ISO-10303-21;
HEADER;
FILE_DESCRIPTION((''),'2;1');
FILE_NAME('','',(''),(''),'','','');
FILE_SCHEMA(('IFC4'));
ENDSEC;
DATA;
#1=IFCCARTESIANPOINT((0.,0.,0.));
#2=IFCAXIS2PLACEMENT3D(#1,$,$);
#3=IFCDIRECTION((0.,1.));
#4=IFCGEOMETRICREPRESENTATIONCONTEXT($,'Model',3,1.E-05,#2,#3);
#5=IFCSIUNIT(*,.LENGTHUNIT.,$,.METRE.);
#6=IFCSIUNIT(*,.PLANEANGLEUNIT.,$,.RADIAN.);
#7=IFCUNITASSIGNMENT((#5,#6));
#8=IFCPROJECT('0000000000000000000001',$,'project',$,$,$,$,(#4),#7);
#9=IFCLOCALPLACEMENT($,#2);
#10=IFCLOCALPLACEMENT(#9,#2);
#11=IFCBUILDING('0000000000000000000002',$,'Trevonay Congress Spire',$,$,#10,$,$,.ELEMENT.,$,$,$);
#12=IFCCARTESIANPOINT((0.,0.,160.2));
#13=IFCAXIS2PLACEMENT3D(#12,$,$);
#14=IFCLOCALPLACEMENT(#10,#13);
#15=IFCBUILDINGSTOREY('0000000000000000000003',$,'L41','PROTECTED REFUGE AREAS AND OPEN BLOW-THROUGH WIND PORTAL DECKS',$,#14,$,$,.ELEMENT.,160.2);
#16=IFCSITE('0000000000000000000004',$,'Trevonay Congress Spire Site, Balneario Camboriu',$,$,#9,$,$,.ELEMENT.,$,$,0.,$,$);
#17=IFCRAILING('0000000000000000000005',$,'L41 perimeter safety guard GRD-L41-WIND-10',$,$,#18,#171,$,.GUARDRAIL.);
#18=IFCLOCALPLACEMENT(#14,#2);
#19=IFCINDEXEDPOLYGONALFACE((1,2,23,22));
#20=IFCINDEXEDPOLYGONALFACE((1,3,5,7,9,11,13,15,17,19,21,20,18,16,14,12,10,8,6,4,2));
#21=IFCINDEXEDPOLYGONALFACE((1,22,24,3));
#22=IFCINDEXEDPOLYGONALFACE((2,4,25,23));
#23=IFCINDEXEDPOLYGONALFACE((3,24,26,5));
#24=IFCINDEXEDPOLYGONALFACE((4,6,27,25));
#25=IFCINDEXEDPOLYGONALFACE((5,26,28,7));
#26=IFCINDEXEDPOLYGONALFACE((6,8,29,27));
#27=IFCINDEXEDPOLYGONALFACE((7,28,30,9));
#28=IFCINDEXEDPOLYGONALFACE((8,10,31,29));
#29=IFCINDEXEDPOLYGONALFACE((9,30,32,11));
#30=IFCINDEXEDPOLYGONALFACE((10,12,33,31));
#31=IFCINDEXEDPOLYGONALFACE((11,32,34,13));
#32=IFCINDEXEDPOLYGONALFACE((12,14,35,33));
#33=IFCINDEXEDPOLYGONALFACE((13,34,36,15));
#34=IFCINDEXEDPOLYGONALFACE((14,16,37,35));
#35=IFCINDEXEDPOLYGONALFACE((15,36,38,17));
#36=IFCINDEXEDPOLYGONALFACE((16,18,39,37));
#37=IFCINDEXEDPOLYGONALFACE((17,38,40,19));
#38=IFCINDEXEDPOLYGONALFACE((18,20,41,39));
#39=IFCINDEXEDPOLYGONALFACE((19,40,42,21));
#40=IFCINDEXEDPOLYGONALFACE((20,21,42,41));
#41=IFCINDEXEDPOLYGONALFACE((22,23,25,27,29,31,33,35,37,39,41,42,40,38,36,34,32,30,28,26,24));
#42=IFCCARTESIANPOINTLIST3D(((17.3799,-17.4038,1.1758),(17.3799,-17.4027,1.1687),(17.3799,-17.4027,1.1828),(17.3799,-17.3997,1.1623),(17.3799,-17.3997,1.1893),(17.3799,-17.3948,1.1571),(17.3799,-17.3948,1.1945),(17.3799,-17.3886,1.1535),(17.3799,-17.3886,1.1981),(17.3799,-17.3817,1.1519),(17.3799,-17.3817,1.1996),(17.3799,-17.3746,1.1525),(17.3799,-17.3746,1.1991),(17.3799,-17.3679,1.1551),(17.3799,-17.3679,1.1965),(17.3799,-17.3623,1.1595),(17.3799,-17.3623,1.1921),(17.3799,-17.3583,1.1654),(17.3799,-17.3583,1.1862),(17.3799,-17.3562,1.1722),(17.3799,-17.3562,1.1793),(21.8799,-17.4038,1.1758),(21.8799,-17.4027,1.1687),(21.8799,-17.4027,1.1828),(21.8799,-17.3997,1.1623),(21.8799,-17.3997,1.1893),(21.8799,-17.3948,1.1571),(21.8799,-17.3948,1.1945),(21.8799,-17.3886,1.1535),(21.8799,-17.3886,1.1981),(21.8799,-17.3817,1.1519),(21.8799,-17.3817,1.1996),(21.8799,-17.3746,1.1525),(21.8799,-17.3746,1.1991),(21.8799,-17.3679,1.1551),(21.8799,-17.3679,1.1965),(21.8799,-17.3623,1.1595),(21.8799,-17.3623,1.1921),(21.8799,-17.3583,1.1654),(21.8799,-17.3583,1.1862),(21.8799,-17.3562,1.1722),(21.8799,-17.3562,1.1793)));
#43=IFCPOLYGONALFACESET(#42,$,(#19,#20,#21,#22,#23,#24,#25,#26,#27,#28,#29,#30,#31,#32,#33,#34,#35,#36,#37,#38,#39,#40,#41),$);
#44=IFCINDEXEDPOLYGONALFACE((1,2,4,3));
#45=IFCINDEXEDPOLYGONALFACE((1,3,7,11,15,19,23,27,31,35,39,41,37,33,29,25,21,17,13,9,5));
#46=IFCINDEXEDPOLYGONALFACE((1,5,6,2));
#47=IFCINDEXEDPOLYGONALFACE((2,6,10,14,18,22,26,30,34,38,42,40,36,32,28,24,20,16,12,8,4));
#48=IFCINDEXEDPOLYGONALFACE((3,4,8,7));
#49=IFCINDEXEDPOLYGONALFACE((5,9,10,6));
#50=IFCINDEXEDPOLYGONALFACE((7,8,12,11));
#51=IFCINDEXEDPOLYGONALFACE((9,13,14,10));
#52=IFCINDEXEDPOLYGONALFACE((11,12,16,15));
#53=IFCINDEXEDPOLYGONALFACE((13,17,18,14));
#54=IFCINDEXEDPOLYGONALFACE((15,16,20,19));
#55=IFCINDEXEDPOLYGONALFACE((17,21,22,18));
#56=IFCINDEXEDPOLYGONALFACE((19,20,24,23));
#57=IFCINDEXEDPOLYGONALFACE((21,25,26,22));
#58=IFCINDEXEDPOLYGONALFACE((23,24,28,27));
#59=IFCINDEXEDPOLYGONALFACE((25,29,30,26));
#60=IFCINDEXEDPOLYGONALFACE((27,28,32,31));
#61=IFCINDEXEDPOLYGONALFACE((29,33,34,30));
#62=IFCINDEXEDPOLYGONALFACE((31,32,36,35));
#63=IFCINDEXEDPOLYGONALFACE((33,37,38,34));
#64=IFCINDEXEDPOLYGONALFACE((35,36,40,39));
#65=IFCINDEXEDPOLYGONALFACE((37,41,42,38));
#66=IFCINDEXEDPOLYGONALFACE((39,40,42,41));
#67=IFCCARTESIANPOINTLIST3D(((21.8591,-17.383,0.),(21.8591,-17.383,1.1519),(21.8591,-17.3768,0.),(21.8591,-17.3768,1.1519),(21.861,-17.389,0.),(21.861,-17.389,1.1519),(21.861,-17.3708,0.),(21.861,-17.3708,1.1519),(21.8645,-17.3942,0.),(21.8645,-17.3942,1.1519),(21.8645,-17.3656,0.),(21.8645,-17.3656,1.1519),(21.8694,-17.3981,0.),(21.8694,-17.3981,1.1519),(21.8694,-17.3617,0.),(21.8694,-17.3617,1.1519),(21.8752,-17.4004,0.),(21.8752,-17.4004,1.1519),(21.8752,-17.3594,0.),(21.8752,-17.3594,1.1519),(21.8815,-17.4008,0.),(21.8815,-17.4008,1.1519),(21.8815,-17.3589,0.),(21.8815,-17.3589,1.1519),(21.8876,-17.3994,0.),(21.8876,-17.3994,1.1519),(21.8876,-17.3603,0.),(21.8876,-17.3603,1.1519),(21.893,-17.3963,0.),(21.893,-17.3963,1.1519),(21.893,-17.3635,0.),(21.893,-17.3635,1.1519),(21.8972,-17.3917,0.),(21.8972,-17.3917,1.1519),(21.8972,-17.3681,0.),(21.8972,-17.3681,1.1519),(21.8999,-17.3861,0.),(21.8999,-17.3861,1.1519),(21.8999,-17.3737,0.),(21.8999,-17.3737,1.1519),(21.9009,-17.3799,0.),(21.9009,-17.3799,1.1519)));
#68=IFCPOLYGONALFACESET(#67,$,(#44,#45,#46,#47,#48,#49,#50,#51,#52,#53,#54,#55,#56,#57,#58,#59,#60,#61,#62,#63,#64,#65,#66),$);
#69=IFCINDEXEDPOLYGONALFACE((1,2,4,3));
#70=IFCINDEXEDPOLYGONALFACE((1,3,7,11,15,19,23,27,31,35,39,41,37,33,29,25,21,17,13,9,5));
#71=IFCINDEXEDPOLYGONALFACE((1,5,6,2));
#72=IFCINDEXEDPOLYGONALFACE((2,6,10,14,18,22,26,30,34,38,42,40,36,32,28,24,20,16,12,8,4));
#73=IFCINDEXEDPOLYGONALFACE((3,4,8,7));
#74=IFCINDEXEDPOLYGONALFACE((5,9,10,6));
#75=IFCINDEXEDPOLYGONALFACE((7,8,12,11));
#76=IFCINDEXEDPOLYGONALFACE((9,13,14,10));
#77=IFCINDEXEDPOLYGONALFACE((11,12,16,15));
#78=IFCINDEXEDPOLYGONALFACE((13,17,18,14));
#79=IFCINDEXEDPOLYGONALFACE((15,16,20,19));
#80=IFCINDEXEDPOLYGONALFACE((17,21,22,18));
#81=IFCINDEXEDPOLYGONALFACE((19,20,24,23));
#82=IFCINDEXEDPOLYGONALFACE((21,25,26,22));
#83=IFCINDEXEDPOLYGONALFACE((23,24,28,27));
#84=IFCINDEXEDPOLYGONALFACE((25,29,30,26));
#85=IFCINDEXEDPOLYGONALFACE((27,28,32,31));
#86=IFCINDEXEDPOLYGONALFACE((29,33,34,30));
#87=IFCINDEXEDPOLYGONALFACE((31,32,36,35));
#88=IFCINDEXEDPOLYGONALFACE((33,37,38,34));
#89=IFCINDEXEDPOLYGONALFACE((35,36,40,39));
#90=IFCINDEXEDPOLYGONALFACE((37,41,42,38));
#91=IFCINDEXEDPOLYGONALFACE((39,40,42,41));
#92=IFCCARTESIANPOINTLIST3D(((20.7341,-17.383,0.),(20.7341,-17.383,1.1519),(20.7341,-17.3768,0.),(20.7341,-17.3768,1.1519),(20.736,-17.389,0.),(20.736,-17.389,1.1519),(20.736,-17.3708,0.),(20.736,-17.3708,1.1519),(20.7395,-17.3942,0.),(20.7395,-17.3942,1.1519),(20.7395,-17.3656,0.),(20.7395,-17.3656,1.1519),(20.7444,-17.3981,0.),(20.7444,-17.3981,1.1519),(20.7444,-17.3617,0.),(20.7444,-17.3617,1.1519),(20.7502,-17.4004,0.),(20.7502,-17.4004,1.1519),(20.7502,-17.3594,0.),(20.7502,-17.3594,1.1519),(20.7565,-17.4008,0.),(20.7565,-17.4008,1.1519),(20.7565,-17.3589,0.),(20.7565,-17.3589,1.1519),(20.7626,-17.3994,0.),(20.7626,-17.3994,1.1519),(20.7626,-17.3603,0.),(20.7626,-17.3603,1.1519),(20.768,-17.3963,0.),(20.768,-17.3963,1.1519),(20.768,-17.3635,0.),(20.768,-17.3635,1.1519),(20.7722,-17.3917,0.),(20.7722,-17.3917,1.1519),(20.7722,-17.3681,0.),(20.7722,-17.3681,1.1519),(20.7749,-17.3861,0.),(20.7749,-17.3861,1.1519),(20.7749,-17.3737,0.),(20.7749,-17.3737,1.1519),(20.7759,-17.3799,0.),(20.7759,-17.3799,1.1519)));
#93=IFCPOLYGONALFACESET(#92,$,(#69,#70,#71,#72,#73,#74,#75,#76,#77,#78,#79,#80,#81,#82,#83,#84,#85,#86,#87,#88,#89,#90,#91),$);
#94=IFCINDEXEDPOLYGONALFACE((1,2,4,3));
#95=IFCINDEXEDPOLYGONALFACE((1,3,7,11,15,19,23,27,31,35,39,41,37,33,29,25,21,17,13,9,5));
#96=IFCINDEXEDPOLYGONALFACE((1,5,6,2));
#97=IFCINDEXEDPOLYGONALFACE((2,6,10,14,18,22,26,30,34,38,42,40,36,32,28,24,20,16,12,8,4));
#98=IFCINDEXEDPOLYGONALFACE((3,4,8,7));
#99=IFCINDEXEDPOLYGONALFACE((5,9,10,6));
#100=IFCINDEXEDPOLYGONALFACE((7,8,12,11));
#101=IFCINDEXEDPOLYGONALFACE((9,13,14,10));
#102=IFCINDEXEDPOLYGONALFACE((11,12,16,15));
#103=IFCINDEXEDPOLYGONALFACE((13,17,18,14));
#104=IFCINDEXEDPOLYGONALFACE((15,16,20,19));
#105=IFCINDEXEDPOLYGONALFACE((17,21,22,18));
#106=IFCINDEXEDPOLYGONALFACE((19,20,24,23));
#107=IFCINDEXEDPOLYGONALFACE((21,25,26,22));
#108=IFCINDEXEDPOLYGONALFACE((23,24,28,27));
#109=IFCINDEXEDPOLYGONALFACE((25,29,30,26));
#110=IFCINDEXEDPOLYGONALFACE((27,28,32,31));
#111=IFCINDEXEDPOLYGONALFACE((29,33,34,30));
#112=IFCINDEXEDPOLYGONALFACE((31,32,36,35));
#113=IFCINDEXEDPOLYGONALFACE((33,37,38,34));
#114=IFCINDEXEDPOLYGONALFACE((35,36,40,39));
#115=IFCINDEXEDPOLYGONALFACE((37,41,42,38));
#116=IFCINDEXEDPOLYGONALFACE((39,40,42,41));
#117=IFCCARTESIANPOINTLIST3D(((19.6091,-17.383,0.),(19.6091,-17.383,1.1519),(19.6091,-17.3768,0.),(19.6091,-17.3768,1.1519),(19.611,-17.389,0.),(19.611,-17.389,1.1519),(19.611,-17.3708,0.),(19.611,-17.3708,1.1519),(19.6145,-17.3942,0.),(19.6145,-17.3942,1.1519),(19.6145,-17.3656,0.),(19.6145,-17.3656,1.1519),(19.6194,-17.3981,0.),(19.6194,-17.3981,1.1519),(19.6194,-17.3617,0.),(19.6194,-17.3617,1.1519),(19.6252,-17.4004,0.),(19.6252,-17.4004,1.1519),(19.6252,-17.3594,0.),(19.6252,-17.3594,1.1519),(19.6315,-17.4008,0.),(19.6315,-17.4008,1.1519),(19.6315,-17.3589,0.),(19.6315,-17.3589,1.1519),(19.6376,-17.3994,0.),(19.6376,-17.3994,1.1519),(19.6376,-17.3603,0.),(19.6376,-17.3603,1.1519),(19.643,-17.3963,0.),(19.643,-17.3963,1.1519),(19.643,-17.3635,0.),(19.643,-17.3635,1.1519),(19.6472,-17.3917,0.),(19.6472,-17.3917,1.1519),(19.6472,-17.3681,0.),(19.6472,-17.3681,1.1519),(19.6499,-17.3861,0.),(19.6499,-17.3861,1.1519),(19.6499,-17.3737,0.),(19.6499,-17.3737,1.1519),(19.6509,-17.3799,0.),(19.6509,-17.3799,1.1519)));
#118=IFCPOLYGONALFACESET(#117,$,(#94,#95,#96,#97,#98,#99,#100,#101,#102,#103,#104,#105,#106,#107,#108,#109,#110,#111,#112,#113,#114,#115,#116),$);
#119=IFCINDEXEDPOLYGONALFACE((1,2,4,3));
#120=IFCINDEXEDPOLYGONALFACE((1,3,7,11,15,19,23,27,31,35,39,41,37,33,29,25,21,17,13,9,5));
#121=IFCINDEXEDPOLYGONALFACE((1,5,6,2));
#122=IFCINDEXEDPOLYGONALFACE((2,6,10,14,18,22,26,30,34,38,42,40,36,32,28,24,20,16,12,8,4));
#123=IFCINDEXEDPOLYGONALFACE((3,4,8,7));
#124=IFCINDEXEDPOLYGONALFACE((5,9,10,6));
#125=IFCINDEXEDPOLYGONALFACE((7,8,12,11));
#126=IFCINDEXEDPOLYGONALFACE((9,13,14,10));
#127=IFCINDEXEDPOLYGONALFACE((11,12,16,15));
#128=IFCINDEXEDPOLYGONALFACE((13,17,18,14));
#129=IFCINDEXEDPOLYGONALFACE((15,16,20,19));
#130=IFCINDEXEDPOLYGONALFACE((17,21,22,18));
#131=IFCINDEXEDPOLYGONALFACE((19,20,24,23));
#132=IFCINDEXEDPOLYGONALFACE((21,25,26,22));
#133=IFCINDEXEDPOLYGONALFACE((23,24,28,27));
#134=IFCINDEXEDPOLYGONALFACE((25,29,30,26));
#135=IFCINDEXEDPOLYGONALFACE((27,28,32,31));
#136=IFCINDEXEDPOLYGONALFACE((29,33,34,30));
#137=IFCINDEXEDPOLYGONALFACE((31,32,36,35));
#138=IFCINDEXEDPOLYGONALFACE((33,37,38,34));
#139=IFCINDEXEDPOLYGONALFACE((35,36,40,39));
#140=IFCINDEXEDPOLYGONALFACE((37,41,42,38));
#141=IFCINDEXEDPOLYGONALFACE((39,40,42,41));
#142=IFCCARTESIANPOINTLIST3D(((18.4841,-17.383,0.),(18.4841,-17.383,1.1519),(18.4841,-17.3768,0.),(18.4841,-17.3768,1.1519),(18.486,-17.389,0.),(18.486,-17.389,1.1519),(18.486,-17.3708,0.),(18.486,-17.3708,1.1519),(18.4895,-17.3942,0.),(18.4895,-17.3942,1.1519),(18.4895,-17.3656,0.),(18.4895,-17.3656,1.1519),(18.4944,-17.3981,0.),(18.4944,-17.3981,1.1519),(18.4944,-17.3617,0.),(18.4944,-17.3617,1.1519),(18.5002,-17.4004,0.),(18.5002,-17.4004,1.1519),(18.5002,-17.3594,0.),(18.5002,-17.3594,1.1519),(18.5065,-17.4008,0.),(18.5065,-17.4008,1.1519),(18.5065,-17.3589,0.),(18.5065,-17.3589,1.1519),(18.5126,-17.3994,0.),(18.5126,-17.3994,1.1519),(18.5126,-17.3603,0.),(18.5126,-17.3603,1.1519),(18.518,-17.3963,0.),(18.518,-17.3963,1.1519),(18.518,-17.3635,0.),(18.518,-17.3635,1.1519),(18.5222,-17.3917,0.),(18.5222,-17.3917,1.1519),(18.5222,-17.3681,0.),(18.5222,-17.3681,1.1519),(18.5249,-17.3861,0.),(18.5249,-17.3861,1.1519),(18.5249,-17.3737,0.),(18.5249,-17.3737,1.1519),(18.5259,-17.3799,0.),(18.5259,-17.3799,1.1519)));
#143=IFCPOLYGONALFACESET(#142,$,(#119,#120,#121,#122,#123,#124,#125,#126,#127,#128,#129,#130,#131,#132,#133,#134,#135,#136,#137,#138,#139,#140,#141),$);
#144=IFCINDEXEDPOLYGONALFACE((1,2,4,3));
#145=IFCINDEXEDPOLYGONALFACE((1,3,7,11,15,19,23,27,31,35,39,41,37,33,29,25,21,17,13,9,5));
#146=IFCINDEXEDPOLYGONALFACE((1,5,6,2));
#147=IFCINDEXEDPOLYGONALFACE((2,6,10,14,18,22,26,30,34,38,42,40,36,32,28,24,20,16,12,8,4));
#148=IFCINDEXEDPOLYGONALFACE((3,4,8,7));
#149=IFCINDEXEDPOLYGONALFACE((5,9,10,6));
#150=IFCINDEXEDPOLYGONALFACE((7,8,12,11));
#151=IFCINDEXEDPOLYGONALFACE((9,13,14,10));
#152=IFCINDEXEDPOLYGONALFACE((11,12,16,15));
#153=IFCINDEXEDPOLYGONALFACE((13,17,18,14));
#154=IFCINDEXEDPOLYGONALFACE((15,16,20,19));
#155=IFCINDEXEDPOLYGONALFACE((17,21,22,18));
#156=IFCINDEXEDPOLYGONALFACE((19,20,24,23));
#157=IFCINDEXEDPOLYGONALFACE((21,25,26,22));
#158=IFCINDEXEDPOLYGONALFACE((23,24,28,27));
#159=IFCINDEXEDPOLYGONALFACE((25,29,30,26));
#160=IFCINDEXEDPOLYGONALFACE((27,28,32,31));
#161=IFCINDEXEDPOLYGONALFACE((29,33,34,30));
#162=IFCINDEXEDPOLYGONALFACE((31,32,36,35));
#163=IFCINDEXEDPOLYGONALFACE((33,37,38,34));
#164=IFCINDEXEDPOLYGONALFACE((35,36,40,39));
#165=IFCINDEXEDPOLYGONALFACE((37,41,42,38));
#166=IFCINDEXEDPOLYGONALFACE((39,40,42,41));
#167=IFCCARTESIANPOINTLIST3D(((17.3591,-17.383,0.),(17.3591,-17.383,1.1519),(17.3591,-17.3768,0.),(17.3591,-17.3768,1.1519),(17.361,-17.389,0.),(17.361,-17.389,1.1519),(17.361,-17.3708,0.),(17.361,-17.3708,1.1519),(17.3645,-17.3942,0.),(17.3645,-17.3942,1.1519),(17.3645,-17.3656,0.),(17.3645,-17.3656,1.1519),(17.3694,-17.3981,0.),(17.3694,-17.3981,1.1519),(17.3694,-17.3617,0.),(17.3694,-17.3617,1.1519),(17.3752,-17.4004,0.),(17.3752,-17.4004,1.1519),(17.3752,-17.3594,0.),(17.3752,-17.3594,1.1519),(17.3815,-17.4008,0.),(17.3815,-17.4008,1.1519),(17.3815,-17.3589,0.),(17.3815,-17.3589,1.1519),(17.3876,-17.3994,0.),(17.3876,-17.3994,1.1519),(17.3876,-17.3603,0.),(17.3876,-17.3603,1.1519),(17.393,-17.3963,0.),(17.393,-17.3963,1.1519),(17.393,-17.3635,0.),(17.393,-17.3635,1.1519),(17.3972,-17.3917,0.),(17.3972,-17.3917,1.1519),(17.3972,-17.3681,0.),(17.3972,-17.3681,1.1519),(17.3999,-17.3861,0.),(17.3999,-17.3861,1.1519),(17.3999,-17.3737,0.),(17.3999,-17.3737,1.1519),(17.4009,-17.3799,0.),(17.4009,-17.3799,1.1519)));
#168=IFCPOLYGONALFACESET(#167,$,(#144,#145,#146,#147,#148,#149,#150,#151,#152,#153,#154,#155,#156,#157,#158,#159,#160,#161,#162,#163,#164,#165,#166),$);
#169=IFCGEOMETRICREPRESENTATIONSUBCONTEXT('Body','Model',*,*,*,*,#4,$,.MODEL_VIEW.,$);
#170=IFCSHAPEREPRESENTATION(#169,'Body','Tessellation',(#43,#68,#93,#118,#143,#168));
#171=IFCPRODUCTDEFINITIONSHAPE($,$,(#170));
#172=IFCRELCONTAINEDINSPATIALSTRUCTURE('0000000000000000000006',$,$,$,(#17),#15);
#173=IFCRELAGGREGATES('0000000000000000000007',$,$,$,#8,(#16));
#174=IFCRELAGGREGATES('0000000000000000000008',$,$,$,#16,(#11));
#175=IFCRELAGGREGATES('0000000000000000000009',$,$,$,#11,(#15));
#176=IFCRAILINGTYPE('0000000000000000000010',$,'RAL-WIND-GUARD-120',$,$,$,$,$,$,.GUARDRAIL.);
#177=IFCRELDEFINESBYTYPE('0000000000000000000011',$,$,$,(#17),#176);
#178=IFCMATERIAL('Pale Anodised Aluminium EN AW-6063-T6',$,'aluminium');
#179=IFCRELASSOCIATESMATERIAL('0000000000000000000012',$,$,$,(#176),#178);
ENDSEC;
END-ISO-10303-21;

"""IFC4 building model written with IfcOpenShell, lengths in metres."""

from ifc_helpers import new_model, si_unit, direction, frame, origin, origin_2d, place, context, subcontext, project, spatial, circle, extrude, material, type_object, element, save


model = new_model("IFC4")

# Units and contexts
model_context = context("Model", 3, precision=1e-05, world=origin(), true_north=direction((0.0, 1.0)))
body_context = subcontext(model_context, "Body", "Model", "MODEL_VIEW")
ifc_project = project(units=[si_unit("LENGTHUNIT", "METRE"), si_unit("PLANEANGLEUNIT", "RADIAN")], contexts=[model_context])

# Site, building, storey
site_placement = place(None, origin())
site = spatial("IfcSite", under=ifc_project, at=site_placement, Name="Trevonay Congress Spire Site, Balneario Camboriu", CompositionType="ELEMENT", RefElevation=0.0)
building_placement = place(site_placement, origin())
building = spatial("IfcBuilding", under=site, at=building_placement, Name="Trevonay Congress Spire", CompositionType="ELEMENT")
storey_placement = place(building_placement, frame((0.0, 0.0, 160.2)))
storey = spatial("IfcBuildingStorey", under=building, at=storey_placement, Name="L41", Description="PROTECTED REFUGE AREAS AND OPEN BLOW-THROUGH WIND PORTAL DECKS", CompositionType="ELEMENT", Elevation=160.2)

# Railing
ifc_material_1 = material(Name="Pale Anodised Aluminium EN AW-6063-T6", Category="aluminium")
railing_type = type_object("IfcRailingType", Name="RAL-WIND-GUARD-120", PredefinedType="GUARDRAIL", material=ifc_material_1)
railing_1_placement = place(storey_placement, frame((21.8799, -17.3799, 0.0)))
element("IfcRailing", 1, at=railing_1_placement, inside=storey, type_object=railing_type, Name="L41 perimeter safety guard GRD-L41-WIND-10", PredefinedType="GUARDRAIL", context=body_context, shape_type="SweptSolid", body=[
    extrude(circle(Radius=0.0239, at=origin_2d()), frame((0.0, 0.0, 1.1758), z_axis=(-1.0, 0.0, 0.0), x_axis=(0.0, -1.0, 0.0)), (0.0, 0.0, 1.0), 4.5),
    extrude(circle(Radius=0.021, at=origin_2d()), origin(), (0.0, 0.0, 1.0), 1.1519),
    extrude(circle(Radius=0.021, at=origin_2d()), frame((-1.125, 0.0, 0.0)), (0.0, 0.0, 1.0), 1.1519),
    extrude(circle(Radius=0.021, at=origin_2d()), frame((-2.25, 0.0, 0.0)), (0.0, 0.0, 1.0), 1.1519),
    extrude(circle(Radius=0.021, at=origin_2d()), frame((-3.375, 0.0, 0.0)), (0.0, 0.0, 1.0), 1.1519),
    extrude(circle(Radius=0.021, at=origin_2d()), frame((-4.5, 0.0, 0.0)), (0.0, 0.0, 1.0), 1.1519),
])

save(model, "model.ifc")
